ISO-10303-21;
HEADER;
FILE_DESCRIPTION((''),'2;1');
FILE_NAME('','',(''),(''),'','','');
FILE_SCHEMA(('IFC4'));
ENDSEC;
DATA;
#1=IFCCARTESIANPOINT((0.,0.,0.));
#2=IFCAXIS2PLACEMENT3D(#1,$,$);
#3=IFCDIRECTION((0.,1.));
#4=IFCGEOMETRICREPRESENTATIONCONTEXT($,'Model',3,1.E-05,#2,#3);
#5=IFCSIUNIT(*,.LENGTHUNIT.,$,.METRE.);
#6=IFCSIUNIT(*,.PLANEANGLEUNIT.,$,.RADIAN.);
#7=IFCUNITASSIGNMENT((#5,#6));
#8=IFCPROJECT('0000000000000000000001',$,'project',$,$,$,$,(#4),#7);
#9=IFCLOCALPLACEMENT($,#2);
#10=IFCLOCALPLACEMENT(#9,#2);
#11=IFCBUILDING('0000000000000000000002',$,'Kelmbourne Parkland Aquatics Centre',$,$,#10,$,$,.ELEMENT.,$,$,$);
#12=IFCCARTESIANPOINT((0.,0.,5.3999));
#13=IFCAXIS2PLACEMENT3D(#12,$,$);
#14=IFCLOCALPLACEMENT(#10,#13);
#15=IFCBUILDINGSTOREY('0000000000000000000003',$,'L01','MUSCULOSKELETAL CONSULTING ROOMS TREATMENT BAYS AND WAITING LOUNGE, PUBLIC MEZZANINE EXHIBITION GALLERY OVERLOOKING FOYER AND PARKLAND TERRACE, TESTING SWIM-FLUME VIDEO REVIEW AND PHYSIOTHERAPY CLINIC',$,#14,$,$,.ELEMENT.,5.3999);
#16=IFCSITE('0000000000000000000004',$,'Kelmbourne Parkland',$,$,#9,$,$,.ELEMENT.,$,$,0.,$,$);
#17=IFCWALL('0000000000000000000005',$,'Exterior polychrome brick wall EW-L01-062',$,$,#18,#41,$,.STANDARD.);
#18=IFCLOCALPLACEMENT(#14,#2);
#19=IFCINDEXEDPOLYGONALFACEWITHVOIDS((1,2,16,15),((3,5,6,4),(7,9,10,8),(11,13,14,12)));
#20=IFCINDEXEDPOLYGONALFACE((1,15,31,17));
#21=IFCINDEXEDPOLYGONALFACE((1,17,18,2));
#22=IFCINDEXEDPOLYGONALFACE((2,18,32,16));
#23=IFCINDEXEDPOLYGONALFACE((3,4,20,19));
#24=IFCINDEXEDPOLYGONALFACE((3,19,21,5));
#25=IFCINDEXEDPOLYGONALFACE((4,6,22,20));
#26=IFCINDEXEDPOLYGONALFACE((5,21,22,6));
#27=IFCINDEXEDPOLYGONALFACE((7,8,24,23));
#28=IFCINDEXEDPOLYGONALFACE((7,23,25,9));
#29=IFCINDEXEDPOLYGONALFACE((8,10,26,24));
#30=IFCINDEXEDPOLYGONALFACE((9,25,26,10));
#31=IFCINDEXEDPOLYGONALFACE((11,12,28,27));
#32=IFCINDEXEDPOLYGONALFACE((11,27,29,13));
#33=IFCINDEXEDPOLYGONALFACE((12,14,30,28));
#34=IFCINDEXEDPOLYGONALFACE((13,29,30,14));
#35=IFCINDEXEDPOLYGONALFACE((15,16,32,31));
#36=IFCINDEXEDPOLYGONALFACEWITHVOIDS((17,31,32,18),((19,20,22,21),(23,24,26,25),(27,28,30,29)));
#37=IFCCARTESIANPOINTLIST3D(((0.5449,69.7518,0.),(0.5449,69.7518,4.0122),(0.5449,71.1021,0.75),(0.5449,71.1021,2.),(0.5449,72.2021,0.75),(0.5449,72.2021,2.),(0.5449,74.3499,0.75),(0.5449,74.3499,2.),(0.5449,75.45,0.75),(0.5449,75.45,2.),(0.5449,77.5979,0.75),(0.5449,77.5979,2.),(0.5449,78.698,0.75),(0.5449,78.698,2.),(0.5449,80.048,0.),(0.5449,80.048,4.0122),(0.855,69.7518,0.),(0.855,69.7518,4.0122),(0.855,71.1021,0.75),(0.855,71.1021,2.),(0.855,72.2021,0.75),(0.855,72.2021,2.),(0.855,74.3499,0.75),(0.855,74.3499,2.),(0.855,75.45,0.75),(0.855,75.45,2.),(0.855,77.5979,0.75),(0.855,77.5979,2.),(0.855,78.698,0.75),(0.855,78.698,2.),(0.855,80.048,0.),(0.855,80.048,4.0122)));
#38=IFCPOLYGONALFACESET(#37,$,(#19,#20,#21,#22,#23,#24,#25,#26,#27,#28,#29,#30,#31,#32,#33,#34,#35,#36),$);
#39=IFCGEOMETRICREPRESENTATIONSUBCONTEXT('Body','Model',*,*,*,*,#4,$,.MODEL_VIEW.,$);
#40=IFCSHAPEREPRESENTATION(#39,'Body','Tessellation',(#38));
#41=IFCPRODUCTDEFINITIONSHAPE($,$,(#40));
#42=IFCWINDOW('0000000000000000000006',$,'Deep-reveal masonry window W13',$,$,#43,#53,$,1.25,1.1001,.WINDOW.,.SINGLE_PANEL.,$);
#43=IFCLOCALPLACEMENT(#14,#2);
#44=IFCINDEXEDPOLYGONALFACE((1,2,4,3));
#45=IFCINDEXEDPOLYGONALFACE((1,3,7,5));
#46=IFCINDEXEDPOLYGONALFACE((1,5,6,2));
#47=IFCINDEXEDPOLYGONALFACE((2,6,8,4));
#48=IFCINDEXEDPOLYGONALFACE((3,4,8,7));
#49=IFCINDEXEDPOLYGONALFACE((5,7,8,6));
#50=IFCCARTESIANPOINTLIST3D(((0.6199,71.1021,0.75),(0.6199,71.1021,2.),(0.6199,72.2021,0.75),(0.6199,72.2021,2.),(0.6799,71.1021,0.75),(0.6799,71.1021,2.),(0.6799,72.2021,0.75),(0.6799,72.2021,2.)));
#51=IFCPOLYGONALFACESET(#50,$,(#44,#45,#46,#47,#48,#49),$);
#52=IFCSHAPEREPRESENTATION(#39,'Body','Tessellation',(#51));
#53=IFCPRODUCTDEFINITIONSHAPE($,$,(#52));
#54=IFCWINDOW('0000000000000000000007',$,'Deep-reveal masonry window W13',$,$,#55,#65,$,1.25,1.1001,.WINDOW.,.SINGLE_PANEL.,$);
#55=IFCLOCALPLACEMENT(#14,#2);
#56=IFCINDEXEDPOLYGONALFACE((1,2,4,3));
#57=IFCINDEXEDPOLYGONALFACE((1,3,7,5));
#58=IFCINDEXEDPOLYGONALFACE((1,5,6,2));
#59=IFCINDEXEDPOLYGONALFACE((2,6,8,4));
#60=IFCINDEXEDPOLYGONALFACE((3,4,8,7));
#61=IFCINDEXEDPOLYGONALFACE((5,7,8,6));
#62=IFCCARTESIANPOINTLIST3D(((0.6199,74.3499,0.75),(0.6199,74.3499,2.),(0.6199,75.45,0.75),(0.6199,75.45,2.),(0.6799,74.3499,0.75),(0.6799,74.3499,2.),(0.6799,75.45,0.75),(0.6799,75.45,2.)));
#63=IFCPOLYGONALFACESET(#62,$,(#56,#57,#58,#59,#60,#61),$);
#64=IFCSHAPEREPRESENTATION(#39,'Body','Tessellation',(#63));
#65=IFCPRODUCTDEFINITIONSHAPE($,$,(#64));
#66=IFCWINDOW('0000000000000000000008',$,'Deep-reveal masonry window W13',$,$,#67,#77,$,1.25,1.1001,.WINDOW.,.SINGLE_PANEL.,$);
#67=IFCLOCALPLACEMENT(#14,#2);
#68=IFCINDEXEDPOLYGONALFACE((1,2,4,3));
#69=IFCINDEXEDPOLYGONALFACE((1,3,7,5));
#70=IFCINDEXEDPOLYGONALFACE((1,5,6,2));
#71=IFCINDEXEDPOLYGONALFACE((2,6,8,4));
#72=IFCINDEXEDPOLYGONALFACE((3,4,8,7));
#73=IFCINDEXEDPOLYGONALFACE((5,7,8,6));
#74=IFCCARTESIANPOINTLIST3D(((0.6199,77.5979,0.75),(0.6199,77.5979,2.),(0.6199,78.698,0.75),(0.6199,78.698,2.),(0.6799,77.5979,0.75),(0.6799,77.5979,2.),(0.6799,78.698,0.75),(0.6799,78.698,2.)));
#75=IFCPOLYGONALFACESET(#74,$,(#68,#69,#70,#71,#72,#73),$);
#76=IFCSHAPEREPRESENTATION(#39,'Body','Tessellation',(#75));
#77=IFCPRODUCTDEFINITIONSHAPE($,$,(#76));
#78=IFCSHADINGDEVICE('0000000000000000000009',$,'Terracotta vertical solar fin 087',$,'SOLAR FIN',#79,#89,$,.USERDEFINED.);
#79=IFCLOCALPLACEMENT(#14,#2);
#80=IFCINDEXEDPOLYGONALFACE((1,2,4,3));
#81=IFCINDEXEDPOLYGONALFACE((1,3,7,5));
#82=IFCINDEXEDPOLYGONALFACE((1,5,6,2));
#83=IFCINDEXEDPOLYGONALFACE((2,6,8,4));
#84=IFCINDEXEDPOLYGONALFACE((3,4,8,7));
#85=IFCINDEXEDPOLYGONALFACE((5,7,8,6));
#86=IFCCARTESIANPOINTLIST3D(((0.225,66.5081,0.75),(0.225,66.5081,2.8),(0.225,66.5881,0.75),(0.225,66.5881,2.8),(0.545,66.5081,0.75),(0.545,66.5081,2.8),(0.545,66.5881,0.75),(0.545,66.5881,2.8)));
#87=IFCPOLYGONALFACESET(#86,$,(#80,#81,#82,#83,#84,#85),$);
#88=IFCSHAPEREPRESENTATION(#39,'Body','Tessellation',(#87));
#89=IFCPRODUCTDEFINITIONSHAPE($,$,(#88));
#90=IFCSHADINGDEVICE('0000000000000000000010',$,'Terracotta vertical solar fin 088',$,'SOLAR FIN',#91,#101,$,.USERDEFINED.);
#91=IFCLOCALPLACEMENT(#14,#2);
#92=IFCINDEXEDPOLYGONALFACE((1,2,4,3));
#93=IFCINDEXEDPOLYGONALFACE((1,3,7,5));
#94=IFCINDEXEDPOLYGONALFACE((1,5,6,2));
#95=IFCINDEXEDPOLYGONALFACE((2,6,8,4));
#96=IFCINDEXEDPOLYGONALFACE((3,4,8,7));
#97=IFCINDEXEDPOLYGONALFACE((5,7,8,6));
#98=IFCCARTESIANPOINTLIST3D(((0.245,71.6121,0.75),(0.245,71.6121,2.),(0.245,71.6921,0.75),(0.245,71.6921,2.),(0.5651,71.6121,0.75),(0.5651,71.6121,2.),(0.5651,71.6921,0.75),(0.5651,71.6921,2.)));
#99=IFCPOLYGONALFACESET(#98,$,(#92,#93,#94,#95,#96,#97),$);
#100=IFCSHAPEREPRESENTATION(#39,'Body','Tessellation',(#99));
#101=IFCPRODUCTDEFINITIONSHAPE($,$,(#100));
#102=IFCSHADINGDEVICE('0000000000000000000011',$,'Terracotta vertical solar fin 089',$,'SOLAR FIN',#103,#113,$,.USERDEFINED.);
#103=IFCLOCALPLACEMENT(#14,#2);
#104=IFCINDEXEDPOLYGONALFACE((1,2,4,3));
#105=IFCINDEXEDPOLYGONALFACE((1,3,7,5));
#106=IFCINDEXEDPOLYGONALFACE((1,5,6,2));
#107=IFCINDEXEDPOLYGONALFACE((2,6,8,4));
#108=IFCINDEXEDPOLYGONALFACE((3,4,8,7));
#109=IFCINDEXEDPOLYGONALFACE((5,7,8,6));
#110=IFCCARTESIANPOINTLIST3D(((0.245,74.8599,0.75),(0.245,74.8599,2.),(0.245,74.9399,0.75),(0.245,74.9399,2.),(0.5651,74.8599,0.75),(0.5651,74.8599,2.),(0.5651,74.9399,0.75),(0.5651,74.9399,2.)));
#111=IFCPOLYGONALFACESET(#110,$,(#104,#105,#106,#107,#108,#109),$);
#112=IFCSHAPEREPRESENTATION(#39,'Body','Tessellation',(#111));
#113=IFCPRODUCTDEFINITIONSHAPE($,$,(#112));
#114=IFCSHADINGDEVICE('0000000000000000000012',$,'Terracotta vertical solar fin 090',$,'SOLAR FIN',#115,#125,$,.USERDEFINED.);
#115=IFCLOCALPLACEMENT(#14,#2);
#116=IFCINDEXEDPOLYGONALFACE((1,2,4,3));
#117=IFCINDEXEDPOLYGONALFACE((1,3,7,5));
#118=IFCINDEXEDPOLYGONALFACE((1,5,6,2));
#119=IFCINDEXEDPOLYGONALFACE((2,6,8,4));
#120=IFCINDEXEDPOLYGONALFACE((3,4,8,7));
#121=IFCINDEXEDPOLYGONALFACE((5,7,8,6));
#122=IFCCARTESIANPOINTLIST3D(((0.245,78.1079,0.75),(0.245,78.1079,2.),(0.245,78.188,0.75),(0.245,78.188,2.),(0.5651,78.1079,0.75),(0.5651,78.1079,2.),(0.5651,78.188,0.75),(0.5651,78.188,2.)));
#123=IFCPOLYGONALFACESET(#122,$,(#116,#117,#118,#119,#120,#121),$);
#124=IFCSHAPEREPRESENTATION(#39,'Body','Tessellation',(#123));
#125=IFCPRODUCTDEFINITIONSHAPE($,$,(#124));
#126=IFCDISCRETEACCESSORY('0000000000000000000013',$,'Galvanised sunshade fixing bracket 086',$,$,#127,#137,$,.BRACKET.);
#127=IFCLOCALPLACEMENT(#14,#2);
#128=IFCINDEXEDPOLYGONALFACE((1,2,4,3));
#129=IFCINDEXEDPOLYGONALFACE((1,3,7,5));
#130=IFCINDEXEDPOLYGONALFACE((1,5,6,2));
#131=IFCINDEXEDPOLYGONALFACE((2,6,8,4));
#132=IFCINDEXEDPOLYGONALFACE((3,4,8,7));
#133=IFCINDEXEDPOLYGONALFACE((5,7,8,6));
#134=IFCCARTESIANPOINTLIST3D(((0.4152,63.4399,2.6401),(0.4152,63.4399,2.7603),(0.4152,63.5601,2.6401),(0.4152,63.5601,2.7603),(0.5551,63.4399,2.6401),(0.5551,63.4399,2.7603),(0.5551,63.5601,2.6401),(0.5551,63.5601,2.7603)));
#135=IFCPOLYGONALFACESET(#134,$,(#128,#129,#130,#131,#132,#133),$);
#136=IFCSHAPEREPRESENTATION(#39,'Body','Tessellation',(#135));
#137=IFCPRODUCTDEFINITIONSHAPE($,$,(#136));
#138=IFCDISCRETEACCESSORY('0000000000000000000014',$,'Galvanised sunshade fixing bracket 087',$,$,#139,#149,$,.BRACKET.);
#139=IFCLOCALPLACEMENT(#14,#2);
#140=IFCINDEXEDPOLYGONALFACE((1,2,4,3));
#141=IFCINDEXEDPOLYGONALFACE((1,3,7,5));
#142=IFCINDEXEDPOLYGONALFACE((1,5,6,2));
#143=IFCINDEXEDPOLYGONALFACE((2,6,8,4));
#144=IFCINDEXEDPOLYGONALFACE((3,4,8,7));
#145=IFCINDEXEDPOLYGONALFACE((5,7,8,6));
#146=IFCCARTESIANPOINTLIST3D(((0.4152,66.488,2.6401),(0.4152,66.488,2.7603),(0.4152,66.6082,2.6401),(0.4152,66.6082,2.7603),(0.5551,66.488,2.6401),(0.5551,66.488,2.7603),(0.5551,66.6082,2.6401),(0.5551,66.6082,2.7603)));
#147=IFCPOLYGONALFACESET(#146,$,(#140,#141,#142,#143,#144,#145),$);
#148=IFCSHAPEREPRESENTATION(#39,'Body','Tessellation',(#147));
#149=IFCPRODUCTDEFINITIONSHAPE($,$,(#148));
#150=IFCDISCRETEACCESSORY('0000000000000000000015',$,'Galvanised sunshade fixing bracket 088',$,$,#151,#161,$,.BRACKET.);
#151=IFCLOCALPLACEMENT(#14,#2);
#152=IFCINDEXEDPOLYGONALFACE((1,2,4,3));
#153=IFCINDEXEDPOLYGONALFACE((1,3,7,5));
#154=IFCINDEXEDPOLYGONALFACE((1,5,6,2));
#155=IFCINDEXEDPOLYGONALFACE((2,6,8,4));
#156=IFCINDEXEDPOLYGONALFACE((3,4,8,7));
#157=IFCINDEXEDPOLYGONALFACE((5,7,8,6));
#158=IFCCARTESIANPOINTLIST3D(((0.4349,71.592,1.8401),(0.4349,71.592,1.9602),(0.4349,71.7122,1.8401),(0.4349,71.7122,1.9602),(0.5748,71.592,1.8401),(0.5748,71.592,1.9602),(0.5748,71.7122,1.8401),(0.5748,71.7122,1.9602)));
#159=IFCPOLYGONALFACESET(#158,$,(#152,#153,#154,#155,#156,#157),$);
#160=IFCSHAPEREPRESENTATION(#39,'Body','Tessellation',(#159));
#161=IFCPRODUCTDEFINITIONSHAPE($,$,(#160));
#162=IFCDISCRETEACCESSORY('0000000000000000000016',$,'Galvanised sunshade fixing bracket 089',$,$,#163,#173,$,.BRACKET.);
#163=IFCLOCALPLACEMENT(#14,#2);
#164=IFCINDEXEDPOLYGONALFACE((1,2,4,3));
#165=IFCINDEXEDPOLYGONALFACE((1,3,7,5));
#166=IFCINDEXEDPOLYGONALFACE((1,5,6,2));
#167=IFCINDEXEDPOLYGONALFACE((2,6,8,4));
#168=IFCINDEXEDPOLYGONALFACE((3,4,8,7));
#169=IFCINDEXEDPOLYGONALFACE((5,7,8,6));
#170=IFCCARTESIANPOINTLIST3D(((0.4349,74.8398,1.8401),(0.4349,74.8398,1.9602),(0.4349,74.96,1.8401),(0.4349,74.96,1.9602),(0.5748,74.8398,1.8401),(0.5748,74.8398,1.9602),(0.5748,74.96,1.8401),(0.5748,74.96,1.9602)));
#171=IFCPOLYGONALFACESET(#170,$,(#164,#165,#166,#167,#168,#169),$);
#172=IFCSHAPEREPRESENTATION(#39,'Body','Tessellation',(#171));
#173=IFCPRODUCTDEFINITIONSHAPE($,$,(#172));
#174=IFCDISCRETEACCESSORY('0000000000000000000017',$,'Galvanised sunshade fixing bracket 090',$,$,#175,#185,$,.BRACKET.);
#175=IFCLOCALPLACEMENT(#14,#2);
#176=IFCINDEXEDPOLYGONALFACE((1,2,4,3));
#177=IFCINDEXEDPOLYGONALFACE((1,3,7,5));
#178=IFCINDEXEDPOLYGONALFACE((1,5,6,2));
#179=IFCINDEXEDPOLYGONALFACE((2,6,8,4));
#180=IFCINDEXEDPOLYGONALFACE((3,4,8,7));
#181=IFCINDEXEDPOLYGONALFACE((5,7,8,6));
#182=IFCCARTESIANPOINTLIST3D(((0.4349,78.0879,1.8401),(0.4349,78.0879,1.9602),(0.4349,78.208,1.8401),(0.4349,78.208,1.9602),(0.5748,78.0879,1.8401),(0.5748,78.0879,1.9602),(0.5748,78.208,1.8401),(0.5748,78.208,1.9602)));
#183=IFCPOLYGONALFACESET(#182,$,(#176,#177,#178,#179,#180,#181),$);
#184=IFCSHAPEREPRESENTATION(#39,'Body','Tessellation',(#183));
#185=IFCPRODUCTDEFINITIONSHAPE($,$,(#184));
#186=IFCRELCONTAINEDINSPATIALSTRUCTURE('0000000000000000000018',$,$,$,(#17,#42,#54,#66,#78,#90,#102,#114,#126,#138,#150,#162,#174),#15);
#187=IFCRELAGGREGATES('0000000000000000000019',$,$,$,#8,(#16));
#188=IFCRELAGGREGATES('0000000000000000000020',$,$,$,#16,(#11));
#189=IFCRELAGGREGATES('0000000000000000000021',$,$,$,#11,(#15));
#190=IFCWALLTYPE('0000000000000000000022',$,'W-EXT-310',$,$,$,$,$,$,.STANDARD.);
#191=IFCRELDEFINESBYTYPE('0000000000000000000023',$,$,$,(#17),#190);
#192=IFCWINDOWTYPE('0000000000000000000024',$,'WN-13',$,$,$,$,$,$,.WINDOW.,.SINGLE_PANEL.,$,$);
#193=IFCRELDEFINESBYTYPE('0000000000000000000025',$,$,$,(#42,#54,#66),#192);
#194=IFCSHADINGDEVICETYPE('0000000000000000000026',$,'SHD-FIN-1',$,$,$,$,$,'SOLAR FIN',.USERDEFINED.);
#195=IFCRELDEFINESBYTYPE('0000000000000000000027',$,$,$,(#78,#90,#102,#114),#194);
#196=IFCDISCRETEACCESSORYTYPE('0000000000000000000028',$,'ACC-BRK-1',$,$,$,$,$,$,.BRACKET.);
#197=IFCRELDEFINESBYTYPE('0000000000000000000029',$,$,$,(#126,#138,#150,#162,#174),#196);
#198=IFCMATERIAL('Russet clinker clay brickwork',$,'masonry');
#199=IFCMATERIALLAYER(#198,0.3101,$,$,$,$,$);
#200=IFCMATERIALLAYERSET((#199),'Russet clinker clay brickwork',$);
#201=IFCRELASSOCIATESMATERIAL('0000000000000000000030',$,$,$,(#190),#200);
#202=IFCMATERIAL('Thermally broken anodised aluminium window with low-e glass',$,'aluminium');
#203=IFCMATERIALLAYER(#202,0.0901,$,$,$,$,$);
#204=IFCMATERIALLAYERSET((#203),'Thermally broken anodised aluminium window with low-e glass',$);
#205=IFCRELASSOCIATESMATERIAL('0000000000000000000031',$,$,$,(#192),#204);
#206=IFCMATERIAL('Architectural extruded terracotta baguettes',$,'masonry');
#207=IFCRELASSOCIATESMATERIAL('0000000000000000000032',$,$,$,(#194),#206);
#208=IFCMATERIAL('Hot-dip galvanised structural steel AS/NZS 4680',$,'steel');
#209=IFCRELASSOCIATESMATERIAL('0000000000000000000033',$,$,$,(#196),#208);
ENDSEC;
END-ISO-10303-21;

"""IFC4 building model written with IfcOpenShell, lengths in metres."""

from ifc_helpers import new_model, si_unit, direction, frame, frame_2d, origin, origin_2d, place, context, subcontext, project, spatial, rectangle, extrude, material, layer, layer_set, type_object, element, fill, save


model = new_model("IFC4")

# Units and contexts
model_context = context("Model", 3, precision=1e-05, world=origin(), true_north=direction((0.0, 1.0)))
body_context = subcontext(model_context, "Body", "Model", "MODEL_VIEW")
ifc_project = project(units=[si_unit("LENGTHUNIT", "METRE"), si_unit("PLANEANGLEUNIT", "RADIAN")], contexts=[model_context])

# Site, building, storey
site_placement = place(None, origin())
site = spatial("IfcSite", under=ifc_project, at=site_placement, Name="Kelmbourne Parkland", CompositionType="ELEMENT", RefElevation=0.0)
building_placement = place(site_placement, origin())
building = spatial("IfcBuilding", under=site, at=building_placement, Name="Kelmbourne Parkland Aquatics Centre", CompositionType="ELEMENT")
storey_placement = place(building_placement, frame((0.0, 0.0, 5.3999)))
storey = spatial("IfcBuildingStorey", under=building, at=storey_placement, Name="L01", Description="MUSCULOSKELETAL CONSULTING ROOMS TREATMENT BAYS AND WAITING LOUNGE, PUBLIC MEZZANINE EXHIBITION GALLERY OVERLOOKING FOYER AND PARKLAND TERRACE, TESTING SWIM-FLUME VIDEO REVIEW AND PHYSIOTHERAPY CLINIC", CompositionType="ELEMENT", Elevation=5.3999)

# Wall, openings, windows
ifc_material_1 = material(Name="Russet clinker clay brickwork", Category="masonry")
ifc_layer_1 = layer(ifc_material_1, 0.3101)
ifc_layer_set_1 = layer_set([ifc_layer_1], Name="Russet clinker clay brickwork")
wall_type = type_object("IfcWallType", Name="W-EXT-310", PredefinedType="STANDARD", material=ifc_layer_set_1)
wall_placement = place(storey_placement, frame((0.7, 69.752, 0.0), z_axis=(0.0, 0.0, 1.0), x_axis=(0.0, 1.0, 0.0)))
wall = element("IfcWall", 1, at=wall_placement, inside=storey, type_object=wall_type, Name="Exterior polychrome brick wall EW-L01-062", PredefinedType="STANDARD", context=body_context, shape_type="SweptSolid", body=[
    extrude(rectangle(XDim=10.2961, YDim=0.3101, at=frame_2d((5.1479, 0.0))), origin(), (0.0, 0.0, 1.0), 4.0122),
])
opening_1_placement = place(wall_placement, frame((1.3501, 0.0, 0.75)))
opening_1 = element("IfcOpeningElement", 2, at=opening_1_placement, cuts=wall, PredefinedType="OPENING", context=body_context, shape_type="SweptSolid", body=[
    extrude(rectangle(XDim=1.1001, YDim=1.25, at=frame_2d((0.55, 0.625))), frame((0.0, 0.167, 0.0), z_axis=(0.0, -1.0, 0.0), x_axis=(1.0, 0.0, 0.0)), (0.0, 0.0, 1.0), 0.334),
])
opening_2_placement = place(wall_placement, frame((4.5979, 0.0, 0.75)))
opening_2 = element("IfcOpeningElement", 3, at=opening_2_placement, cuts=wall, PredefinedType="OPENING", context=body_context, shape_type="SweptSolid", body=[
    extrude(rectangle(XDim=1.1001, YDim=1.25, at=frame_2d((0.55, 0.625))), frame((0.0, 0.167, 0.0), z_axis=(0.0, -1.0, 0.0), x_axis=(1.0, 0.0, 0.0)), (0.0, 0.0, 1.0), 0.334),
])
opening_3_placement = place(wall_placement, frame((7.8459, 0.0, 0.75)))
opening_3 = element("IfcOpeningElement", 4, at=opening_3_placement, cuts=wall, PredefinedType="OPENING", context=body_context, shape_type="SweptSolid", body=[
    extrude(rectangle(XDim=1.1001, YDim=1.25, at=frame_2d((0.55, 0.625))), frame((0.0, 0.167, 0.0), z_axis=(0.0, -1.0, 0.0), x_axis=(1.0, 0.0, 0.0)), (0.0, 0.0, 1.0), 0.334),
])
ifc_material_2 = material(Name="Thermally broken anodised aluminium window with low-e glass", Category="aluminium")
ifc_layer_2 = layer(ifc_material_2, 0.0901)
ifc_layer_set_2 = layer_set([ifc_layer_2], Name="Thermally broken anodised aluminium window with low-e glass")
window_type = type_object("IfcWindowType", Name="WN-13", PartitioningType="SINGLE_PANEL", PredefinedType="WINDOW", material=ifc_layer_set_2)
window_1_placement = place(opening_1_placement, origin())
window_1 = element("IfcWindow", 5, at=window_1_placement, inside=storey, type_object=window_type, Name="Deep-reveal masonry window W13", OverallHeight=1.25, OverallWidth=1.1001, PartitioningType="SINGLE_PANEL", PredefinedType="WINDOW", context=body_context, shape_type="SweptSolid", body=[
    extrude(rectangle(XDim=1.1001, YDim=1.25, at=frame_2d((0.55, 0.625))), frame((0.0, 0.0801, 0.0), z_axis=(0.0, -1.0, 0.0), x_axis=(1.0, 0.0, 0.0)), (0.0, 0.0, 1.0), 0.0601),
])
fill(opening_1, window_1)
window_2_placement = place(opening_2_placement, origin())
window_2 = element("IfcWindow", 6, at=window_2_placement, inside=storey, type_object=window_type, Name="Deep-reveal masonry window W13", OverallHeight=1.25, OverallWidth=1.1001, PartitioningType="SINGLE_PANEL", PredefinedType="WINDOW", context=body_context, shape_type="SweptSolid", body=[
    extrude(rectangle(XDim=1.1001, YDim=1.25, at=frame_2d((0.55, 0.625))), frame((0.0, 0.0801, 0.0), z_axis=(0.0, -1.0, 0.0), x_axis=(1.0, 0.0, 0.0)), (0.0, 0.0, 1.0), 0.0601),
])
fill(opening_2, window_2)
window_3_placement = place(opening_3_placement, origin())
window_3 = element("IfcWindow", 7, at=window_3_placement, inside=storey, type_object=window_type, Name="Deep-reveal masonry window W13", OverallHeight=1.25, OverallWidth=1.1001, PartitioningType="SINGLE_PANEL", PredefinedType="WINDOW", context=body_context, shape_type="SweptSolid", body=[
    extrude(rectangle(XDim=1.1001, YDim=1.25, at=frame_2d((0.55, 0.625))), frame((0.0, 0.0801, 0.0), z_axis=(0.0, -1.0, 0.0), x_axis=(1.0, 0.0, 0.0)), (0.0, 0.0, 1.0), 0.0601),
])
fill(opening_3, window_3)

# Shading devices
ifc_material_3 = material(Name="Architectural extruded terracotta baguettes", Category="masonry")
shading_device_type = type_object("IfcShadingDeviceType", Name="SHD-FIN-1", ElementType="SOLAR FIN", PredefinedType="USERDEFINED", material=ifc_material_3)
shading_device_placement = place(storey_placement, frame((0.385, 66.5481, 0.75), z_axis=(0.0, 0.0, 1.0), x_axis=(0.0, 1.0, 0.0)))
element("IfcShadingDevice", 8, at=shading_device_placement, inside=storey, type_object=shading_device_type, Name="Terracotta vertical solar fin 087", ObjectType="SOLAR FIN", PredefinedType="USERDEFINED", context=body_context, shape_type="SweptSolid", body=[
    extrude(rectangle(XDim=0.0801, YDim=0.3201, at=origin_2d()), origin(), (0.0, 0.0, 1.0), 2.05),
])
for number, where, z_axis, x_axis, name in (
    (9, (0.405, 71.6521, 0.75), (0.0, 0.0, 1.0), (0.0, 1.0, 0.0), "Terracotta vertical solar fin 088"),
    (10, (0.405, 74.8999, 0.75), (0.0, 0.0, 1.0), (0.0, 1.0, 0.0), "Terracotta vertical solar fin 089"),
    (11, (0.405, 78.1479, 0.75), (0.0, 0.0, 1.0), (0.0, 1.0, 0.0), "Terracotta vertical solar fin 090"),
):
    element("IfcShadingDevice", number, at=place(storey_placement, frame(where, z_axis=z_axis, x_axis=x_axis)), inside=storey, type_object=shading_device_type, Name=name, ObjectType="SOLAR FIN", PredefinedType="USERDEFINED", context=body_context, shape_type="SweptSolid", body=[
        extrude(rectangle(XDim=0.0801, YDim=0.3201, at=origin_2d()), origin(), (0.0, 0.0, 1.0), 1.25),
    ])

# Discrete accessories
ifc_material_4 = material(Name="Hot-dip galvanised structural steel AS/NZS 4680", Category="steel")
discrete_accessory_type = type_object("IfcDiscreteAccessoryType", Name="ACC-BRK-1", PredefinedType="BRACKET", material=ifc_material_4)
for number, where, z_axis, x_axis, name in (
    (12, (0.4851, 63.5, 2.6401), (0.0, 0.0, 1.0), (0.0, 1.0, 0.0), "Galvanised sunshade fixing bracket 086"),
    (13, (0.4851, 66.5481, 2.6401), (0.0, 0.0, 1.0), (0.0, 1.0, 0.0), "Galvanised sunshade fixing bracket 087"),
    (14, (0.5049, 71.6521, 1.8401), (0.0, 0.0, 1.0), (0.0, 1.0, 0.0), "Galvanised sunshade fixing bracket 088"),
    (15, (0.5049, 74.8999, 1.8401), (0.0, 0.0, 1.0), (0.0, 1.0, 0.0), "Galvanised sunshade fixing bracket 089"),
    (16, (0.5049, 78.1479, 1.8401), (0.0, 0.0, 1.0), (0.0, 1.0, 0.0), "Galvanised sunshade fixing bracket 090"),
):
    element("IfcDiscreteAccessory", number, at=place(storey_placement, frame(where, z_axis=z_axis, x_axis=x_axis)), inside=storey, type_object=discrete_accessory_type, Name=name, PredefinedType="BRACKET", context=body_context, shape_type="SweptSolid", body=[
        extrude(rectangle(XDim=0.1201, YDim=0.1399, at=origin_2d()), origin(), (0.0, 0.0, 1.0), 0.1201),
    ])

save(model, "model.ifc")
